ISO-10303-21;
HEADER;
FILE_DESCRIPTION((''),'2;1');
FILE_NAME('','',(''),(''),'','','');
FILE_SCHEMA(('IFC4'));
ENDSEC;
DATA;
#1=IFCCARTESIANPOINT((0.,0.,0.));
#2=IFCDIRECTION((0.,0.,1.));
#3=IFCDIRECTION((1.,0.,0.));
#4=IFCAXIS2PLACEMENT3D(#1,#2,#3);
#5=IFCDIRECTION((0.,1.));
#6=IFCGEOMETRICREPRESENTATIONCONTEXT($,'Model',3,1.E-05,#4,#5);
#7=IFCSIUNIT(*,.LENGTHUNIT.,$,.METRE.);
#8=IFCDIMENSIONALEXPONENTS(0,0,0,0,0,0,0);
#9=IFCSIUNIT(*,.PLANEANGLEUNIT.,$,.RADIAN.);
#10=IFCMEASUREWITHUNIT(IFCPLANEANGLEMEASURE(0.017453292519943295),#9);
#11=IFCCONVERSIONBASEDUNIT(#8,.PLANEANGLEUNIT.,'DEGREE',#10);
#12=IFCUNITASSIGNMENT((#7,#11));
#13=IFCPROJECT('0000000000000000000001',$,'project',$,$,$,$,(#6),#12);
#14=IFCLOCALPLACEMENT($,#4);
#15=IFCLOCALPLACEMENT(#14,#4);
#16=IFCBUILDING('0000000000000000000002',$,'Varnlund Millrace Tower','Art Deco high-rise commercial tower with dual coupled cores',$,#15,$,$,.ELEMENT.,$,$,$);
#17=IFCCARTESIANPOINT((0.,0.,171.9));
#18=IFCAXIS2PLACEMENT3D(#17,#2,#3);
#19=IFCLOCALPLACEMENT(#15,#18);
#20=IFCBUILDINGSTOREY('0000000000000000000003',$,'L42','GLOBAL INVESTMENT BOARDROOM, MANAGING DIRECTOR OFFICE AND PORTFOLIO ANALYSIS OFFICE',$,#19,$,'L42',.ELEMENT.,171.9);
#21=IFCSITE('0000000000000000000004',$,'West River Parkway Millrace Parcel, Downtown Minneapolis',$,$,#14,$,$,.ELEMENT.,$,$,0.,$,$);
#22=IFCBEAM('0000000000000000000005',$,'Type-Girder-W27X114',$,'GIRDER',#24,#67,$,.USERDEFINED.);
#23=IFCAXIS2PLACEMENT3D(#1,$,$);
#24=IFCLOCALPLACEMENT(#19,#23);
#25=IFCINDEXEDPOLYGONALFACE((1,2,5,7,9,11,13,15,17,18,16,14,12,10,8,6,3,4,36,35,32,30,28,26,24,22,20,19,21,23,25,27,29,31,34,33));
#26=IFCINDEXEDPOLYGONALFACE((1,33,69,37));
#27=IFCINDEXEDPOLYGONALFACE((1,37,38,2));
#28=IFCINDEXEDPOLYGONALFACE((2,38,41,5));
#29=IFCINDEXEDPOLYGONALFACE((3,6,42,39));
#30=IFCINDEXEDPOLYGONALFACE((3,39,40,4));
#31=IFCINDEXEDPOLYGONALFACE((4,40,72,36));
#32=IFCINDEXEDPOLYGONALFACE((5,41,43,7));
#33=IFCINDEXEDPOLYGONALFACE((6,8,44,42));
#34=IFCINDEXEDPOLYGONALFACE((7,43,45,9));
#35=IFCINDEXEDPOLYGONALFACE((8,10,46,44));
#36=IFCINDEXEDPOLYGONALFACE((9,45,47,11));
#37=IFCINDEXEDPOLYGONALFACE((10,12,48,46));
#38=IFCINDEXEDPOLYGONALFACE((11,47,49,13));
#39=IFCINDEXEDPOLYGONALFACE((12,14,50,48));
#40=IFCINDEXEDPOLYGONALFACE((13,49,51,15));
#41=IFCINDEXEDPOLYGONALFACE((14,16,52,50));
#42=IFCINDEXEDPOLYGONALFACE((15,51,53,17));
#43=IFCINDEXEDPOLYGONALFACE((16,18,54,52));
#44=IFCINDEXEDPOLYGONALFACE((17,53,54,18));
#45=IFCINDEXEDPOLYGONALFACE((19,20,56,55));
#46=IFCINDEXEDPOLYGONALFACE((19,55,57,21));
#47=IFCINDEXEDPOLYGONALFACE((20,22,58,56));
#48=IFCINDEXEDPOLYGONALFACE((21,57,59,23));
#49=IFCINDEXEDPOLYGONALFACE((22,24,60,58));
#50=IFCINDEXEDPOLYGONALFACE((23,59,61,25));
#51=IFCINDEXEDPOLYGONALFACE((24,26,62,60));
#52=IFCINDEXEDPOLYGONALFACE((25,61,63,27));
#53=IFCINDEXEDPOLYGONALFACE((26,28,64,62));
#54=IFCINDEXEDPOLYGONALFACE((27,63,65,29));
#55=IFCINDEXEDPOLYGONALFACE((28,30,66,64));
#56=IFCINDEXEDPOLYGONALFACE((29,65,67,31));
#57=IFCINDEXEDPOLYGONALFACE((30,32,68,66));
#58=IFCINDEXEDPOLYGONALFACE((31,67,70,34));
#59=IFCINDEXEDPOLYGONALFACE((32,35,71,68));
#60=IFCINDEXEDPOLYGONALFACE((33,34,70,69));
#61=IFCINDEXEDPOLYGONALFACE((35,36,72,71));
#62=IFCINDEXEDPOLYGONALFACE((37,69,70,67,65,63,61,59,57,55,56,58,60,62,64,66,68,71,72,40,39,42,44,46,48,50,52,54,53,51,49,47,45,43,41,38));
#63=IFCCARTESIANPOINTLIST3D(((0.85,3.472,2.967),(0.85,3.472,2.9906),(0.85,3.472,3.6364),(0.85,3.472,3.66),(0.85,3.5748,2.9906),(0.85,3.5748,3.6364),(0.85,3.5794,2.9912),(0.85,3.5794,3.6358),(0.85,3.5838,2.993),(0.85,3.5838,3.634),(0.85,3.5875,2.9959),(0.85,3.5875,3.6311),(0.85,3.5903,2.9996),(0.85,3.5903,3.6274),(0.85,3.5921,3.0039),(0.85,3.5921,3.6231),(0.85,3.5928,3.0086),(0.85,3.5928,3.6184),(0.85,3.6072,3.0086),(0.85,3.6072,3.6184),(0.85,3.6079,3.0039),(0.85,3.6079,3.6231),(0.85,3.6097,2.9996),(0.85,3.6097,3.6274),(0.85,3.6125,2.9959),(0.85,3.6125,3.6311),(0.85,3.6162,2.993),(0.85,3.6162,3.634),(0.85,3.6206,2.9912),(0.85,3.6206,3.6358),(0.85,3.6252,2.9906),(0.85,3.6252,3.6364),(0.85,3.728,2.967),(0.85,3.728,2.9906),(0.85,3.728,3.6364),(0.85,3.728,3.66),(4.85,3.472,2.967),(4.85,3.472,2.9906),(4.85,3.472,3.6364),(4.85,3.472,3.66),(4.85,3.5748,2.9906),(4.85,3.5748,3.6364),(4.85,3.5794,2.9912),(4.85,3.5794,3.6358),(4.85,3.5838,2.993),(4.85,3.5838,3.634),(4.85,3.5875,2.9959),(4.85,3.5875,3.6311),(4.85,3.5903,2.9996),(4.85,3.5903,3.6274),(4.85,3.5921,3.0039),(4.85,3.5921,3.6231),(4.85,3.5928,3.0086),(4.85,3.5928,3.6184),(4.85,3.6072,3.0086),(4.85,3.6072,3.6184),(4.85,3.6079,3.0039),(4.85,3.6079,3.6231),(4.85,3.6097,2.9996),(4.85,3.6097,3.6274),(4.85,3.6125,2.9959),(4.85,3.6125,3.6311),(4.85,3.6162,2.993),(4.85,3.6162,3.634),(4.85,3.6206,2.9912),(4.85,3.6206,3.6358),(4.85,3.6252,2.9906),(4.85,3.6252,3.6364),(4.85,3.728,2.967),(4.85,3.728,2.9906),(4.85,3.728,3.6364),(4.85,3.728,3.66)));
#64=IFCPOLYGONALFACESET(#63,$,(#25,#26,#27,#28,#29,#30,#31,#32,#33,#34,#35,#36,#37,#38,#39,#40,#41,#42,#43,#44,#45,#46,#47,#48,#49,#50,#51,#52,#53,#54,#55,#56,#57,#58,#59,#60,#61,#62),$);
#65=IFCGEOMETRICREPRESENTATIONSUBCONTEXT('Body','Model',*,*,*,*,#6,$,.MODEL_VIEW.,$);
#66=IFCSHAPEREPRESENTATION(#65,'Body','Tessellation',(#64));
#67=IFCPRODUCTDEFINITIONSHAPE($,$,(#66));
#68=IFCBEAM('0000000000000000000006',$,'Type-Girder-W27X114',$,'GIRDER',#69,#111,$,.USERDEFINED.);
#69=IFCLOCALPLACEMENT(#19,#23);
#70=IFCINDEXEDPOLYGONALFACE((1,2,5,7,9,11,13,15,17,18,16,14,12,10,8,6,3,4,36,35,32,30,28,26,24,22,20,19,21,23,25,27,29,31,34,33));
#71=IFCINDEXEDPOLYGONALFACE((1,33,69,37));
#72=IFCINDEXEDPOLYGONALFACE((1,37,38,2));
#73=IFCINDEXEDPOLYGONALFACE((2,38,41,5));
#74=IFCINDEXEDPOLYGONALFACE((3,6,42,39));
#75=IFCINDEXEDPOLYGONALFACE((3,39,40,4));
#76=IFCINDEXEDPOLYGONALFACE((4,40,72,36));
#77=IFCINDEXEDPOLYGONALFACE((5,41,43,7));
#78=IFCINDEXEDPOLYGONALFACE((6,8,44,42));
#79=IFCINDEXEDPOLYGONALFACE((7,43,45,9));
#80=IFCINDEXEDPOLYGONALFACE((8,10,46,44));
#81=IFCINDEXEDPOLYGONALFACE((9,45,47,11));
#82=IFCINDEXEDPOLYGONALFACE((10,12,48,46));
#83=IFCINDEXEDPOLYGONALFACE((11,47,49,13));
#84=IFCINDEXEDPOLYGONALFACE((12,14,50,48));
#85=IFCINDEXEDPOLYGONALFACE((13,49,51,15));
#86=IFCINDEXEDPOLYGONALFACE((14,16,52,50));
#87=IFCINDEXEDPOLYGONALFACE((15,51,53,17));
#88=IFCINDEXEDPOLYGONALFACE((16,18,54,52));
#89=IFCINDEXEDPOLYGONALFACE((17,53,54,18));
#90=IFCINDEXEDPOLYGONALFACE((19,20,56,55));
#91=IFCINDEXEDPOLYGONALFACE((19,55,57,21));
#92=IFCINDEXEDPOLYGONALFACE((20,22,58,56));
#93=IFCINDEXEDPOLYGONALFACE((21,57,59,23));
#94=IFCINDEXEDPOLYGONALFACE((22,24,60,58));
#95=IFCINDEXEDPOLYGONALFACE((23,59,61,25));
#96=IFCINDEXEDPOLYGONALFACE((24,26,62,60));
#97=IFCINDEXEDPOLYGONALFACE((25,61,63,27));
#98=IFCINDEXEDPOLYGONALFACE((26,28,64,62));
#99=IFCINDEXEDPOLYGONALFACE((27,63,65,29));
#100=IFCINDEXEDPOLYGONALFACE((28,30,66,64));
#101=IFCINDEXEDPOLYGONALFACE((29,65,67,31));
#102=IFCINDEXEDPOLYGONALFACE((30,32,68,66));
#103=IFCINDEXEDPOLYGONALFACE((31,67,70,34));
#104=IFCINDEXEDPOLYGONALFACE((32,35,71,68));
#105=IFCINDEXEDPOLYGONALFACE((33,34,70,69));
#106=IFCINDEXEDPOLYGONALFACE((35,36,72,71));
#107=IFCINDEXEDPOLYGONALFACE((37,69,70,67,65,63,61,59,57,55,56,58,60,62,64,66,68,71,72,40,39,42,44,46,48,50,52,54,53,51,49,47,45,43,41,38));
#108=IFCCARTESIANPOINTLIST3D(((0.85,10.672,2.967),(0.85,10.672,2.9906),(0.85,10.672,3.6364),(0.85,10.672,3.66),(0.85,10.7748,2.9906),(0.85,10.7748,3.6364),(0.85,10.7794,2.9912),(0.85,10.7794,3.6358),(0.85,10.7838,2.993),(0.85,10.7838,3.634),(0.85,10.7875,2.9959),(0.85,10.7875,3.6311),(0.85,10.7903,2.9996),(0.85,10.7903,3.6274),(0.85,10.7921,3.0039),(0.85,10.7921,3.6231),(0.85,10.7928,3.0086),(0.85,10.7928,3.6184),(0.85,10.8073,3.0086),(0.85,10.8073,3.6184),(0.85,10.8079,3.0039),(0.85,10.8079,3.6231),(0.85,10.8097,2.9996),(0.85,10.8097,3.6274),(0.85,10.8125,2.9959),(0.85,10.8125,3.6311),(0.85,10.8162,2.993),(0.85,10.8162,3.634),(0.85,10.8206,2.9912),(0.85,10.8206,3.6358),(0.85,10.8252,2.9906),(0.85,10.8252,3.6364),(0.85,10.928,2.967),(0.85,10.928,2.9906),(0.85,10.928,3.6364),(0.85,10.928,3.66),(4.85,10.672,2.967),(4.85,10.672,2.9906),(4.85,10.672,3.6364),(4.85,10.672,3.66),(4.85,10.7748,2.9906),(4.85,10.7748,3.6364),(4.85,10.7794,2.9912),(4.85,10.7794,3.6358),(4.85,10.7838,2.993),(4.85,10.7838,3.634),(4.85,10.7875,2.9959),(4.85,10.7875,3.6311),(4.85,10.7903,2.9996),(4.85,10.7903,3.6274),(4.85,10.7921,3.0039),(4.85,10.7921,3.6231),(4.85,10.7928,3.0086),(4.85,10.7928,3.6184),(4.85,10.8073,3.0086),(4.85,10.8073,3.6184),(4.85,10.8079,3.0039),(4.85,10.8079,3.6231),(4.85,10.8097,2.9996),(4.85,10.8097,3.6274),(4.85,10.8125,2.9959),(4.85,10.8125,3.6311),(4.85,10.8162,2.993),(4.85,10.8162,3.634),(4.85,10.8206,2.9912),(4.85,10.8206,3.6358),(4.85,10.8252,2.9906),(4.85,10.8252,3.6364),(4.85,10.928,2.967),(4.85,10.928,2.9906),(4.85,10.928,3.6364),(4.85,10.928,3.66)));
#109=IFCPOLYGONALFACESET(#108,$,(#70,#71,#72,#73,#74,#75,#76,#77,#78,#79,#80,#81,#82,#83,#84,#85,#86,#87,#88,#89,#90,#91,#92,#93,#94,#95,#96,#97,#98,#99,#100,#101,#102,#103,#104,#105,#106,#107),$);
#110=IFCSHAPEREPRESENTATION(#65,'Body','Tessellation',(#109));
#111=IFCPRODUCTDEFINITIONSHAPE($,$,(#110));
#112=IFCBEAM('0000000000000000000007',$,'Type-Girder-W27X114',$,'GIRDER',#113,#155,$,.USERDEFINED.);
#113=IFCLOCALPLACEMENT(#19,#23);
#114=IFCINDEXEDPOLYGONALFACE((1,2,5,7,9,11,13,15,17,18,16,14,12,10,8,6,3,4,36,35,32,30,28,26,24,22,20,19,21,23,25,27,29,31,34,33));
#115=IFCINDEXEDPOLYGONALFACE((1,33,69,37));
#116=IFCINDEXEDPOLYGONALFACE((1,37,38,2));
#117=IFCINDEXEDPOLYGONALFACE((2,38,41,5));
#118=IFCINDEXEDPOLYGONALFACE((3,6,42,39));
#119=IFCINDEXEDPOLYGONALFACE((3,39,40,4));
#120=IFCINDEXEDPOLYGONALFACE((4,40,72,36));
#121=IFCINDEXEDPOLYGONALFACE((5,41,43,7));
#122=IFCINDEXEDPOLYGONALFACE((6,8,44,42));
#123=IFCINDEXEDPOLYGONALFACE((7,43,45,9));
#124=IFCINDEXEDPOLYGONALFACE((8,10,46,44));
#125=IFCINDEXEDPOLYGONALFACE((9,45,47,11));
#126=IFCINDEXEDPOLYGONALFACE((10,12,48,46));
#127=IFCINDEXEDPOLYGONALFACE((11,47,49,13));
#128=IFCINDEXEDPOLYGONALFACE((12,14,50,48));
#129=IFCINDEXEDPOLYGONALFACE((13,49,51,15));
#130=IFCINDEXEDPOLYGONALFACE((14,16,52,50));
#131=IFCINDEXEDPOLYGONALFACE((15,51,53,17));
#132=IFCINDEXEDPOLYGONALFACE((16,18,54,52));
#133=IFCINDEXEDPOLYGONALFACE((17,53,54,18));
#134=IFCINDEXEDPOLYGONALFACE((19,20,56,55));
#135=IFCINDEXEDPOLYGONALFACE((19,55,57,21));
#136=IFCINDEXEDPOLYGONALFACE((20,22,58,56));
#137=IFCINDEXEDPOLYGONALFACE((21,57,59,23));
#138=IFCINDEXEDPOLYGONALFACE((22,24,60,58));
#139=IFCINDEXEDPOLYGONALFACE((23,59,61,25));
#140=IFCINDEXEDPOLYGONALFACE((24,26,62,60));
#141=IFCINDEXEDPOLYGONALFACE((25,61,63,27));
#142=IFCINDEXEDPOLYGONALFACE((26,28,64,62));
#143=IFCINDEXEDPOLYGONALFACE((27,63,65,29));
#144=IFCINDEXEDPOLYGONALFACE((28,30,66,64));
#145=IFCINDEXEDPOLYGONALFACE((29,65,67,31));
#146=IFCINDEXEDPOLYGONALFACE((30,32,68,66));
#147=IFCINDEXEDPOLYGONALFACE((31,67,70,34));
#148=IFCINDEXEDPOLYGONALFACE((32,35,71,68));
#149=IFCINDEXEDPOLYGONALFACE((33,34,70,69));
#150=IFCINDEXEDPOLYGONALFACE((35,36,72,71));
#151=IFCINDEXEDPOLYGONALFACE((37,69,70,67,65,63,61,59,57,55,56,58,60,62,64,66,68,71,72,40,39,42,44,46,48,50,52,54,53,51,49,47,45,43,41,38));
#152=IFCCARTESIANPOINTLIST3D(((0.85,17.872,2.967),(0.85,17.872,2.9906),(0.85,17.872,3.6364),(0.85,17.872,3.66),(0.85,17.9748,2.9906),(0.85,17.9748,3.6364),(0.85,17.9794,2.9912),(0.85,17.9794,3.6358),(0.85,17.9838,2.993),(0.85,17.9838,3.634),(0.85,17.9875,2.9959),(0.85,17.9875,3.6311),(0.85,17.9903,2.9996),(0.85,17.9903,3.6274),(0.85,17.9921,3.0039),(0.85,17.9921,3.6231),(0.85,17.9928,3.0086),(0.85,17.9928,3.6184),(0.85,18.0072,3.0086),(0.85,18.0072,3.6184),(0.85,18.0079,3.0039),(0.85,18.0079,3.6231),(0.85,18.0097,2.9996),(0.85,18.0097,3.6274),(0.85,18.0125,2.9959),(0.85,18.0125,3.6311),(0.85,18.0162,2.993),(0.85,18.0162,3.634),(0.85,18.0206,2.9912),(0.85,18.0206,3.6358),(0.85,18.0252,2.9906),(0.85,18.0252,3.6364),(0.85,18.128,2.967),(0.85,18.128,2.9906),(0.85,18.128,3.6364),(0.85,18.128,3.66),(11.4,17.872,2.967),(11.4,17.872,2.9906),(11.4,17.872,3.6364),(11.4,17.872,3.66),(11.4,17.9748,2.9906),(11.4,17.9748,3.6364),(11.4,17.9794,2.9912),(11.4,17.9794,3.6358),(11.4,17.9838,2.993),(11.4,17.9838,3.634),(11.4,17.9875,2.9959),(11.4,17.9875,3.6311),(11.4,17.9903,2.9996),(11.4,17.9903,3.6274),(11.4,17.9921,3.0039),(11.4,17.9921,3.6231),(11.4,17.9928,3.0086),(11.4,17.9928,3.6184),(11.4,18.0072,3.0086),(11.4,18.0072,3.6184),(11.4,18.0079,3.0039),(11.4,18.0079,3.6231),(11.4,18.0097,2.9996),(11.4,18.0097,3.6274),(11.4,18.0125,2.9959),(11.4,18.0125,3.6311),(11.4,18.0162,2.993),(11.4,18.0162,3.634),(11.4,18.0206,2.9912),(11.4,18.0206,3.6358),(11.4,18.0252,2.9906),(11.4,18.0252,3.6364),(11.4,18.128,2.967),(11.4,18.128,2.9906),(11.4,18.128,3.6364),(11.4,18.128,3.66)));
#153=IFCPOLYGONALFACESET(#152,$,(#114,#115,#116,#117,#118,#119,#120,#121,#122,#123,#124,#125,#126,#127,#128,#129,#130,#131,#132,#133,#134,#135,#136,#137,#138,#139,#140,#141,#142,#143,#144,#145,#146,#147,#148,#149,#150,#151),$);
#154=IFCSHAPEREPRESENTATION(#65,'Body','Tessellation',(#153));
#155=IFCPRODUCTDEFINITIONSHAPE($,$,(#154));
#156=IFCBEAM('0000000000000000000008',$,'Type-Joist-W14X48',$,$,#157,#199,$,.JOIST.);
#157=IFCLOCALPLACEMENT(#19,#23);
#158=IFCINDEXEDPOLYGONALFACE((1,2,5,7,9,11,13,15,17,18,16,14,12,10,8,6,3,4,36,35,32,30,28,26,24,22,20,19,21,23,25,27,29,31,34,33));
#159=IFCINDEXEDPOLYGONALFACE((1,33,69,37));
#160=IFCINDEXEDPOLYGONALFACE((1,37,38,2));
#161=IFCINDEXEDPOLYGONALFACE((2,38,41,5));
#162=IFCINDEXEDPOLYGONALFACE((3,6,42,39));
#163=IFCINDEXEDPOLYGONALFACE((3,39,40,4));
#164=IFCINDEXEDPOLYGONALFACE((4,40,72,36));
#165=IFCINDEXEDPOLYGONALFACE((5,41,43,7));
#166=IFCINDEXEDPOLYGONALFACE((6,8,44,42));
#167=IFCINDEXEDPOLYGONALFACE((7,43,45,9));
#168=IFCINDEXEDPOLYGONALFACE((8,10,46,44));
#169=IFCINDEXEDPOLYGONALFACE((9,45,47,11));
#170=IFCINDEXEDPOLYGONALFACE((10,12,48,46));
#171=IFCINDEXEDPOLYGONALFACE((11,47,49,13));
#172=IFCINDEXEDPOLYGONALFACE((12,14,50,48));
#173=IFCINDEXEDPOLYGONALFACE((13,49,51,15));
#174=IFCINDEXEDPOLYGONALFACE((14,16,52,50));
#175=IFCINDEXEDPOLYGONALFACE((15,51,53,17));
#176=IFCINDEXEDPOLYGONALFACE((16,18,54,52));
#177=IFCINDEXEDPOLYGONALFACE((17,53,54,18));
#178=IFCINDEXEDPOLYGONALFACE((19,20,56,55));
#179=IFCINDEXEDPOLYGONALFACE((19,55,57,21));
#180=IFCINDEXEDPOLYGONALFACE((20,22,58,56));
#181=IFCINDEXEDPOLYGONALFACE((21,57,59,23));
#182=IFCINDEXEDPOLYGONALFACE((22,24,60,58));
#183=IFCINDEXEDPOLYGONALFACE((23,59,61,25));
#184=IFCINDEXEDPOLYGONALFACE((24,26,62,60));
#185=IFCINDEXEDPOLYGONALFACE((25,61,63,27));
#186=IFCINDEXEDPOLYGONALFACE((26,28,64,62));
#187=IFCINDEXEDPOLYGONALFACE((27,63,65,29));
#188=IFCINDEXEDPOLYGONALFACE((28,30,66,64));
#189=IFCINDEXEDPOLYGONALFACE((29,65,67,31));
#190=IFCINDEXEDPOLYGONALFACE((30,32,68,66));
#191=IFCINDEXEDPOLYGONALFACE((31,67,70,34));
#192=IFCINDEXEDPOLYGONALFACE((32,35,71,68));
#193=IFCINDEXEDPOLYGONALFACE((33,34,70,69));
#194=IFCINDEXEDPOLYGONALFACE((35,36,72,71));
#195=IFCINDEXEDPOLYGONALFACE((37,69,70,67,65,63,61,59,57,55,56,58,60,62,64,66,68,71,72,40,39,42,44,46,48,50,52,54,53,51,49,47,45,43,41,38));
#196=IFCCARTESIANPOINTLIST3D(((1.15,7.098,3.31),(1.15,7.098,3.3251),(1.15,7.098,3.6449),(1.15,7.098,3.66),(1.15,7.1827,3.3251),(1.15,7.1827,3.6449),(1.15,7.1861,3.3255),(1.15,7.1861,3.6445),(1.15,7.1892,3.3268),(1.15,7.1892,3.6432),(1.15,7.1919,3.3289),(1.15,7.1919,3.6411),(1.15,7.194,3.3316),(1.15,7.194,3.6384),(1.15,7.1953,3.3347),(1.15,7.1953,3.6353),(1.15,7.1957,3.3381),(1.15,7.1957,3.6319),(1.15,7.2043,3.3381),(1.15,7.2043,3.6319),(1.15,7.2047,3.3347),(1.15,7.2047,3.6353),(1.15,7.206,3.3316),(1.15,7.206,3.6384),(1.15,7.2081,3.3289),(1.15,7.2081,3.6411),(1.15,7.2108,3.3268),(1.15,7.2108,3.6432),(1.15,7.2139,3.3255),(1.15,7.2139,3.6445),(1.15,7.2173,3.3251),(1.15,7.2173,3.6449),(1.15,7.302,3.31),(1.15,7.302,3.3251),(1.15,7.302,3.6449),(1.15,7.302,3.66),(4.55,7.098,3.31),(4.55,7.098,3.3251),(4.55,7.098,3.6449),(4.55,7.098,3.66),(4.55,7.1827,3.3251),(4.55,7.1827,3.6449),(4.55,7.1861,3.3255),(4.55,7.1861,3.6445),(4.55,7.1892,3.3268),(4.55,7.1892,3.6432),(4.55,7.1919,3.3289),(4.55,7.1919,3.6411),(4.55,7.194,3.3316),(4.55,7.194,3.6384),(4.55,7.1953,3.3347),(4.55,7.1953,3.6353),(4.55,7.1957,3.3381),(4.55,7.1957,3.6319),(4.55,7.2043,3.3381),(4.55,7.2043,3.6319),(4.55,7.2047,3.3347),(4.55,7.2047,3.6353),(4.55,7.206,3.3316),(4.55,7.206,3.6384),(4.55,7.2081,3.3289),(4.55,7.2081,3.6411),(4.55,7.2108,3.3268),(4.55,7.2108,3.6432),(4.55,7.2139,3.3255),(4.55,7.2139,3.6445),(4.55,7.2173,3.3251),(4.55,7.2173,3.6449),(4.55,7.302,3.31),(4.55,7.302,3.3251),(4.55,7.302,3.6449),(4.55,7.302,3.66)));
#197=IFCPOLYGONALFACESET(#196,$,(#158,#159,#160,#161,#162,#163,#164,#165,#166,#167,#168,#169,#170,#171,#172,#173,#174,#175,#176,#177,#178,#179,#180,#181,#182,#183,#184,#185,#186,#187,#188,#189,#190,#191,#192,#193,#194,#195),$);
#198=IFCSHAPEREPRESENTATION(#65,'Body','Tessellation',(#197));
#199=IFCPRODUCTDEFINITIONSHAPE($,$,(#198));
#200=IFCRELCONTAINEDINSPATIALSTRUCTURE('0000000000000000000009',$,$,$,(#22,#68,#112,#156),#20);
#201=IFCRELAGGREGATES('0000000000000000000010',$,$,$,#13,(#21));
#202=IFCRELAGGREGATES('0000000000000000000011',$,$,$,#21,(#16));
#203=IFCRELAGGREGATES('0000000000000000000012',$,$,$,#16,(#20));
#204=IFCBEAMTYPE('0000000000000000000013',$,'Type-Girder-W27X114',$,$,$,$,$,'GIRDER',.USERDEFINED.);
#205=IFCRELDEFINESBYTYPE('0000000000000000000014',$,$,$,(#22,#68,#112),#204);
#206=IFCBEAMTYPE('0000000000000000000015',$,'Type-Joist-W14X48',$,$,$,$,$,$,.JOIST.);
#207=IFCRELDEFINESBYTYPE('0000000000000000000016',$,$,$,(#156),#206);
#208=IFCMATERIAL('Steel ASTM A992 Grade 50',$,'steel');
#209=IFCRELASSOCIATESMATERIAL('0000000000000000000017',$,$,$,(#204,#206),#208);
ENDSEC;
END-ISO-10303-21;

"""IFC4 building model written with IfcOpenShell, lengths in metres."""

from ifc_helpers import new_model, entity, si_unit, converted_unit, direction, frame, origin_with_axes, origin_2d_with_axis, place, context, subcontext, project, spatial, i_section, extrude, material, material_profile, profile_set, type_object, element, save


model = new_model("IFC4")

# Units and contexts
model_context = context("Model", 3, precision=1e-05, world=origin_with_axes(), true_north=direction((0.0, 1.0)))
body_context = subcontext(model_context, "Body", "Model", "MODEL_VIEW")
ifc_project = project(units=[si_unit("LENGTHUNIT", "METRE"), converted_unit("PLANEANGLEUNIT", "DEGREE", entity("IfcPlaneAngleMeasure", 0.017453292519943295), si_unit("PLANEANGLEUNIT", "RADIAN"), dimensions=[0, 0, 0, 0, 0, 0, 0])], contexts=[model_context])

# Site, building, storey
site_placement = place(None, origin_with_axes())
site = spatial("IfcSite", under=ifc_project, at=site_placement, Name="West River Parkway Millrace Parcel, Downtown Minneapolis", CompositionType="ELEMENT", RefElevation=0.0)
building_placement = place(site_placement, origin_with_axes())
building = spatial("IfcBuilding", under=site, at=building_placement, Name="Varnlund Millrace Tower", Description="Art Deco high-rise commercial tower with dual coupled cores", CompositionType="ELEMENT")
storey_placement = place(building_placement, frame((0.0, 0.0, 171.9), z_axis=(0.0, 0.0, 1.0), x_axis=(1.0, 0.0, 0.0)))
storey = spatial("IfcBuildingStorey", under=building, at=storey_placement, Name="L42", Description="GLOBAL INVESTMENT BOARDROOM, MANAGING DIRECTOR OFFICE AND PORTFOLIO ANALYSIS OFFICE", LongName="L42", CompositionType="ELEMENT", Elevation=171.9)

# Beams
ifc_material_1 = material(Name="Steel ASTM A992 Grade 50", Category="steel")
ifc_material_profile_1 = material_profile(ifc_material_1, i_section(OverallWidth=0.256, OverallDepth=0.693, WebThickness=0.0145, FlangeThickness=0.0236, FilletRadius=0.018, at=origin_2d_with_axis()), Name="Steel ASTM A992 Grade 50")
ifc_profile_set_1 = profile_set([ifc_material_profile_1], Name="Steel ASTM A992 Grade 50")
beam_type_1 = type_object("IfcBeamType", Name="Type-Girder-W27X114", ElementType="GIRDER", PredefinedType="USERDEFINED", material=ifc_profile_set_1)
for number, where, z_axis, x_axis, name in (
    (1, (0.85, 3.6, 3.3135), (1.0, 0.0, 0.0), (0.0, 1.0, 0.0), "Type-Girder-W27X114"),
    (2, (0.85, 10.8, 3.3135), (1.0, 0.0, 0.0), (0.0, 1.0, 0.0), "Type-Girder-W27X114"),
):
    element("IfcBeam", number, at=place(storey_placement, frame(where, z_axis=z_axis, x_axis=x_axis)), inside=storey, type_object=beam_type_1, Name=name, ObjectType="GIRDER", PredefinedType="USERDEFINED", context=body_context, shape_type="SweptSolid", body=[
        extrude(i_section(OverallWidth=0.256, OverallDepth=0.693, WebThickness=0.0145, FlangeThickness=0.0236, FilletRadius=0.018, at=origin_2d_with_axis()), origin_with_axes(), (0.0, 0.0, 1.0), 4.0),
    ])
beam_1_placement = place(storey_placement, frame((0.85, 18.0, 3.3135), z_axis=(1.0, 0.0, 0.0), x_axis=(0.0, 1.0, 0.0)))
element("IfcBeam", 3, at=beam_1_placement, inside=storey, type_object=beam_type_1, Name="Type-Girder-W27X114", ObjectType="GIRDER", PredefinedType="USERDEFINED", context=body_context, shape_type="SweptSolid", body=[
    extrude(i_section(OverallWidth=0.256, OverallDepth=0.693, WebThickness=0.0145, FlangeThickness=0.0236, FilletRadius=0.018, at=origin_2d_with_axis()), origin_with_axes(), (0.0, 0.0, 1.0), 10.55),
])
ifc_material_profile_2 = material_profile(ifc_material_1, i_section(OverallWidth=0.204, OverallDepth=0.35, WebThickness=0.0086, FlangeThickness=0.0151, FilletRadius=0.013, at=origin_2d_with_axis()), Name="Steel ASTM A992 Grade 50")
ifc_profile_set_2 = profile_set([ifc_material_profile_2], Name="Steel ASTM A992 Grade 50")
beam_type_2 = type_object("IfcBeamType", Name="Type-Joist-W14X48", PredefinedType="JOIST", material=ifc_profile_set_2)
for number, where, z_axis, x_axis, name in (
    (4, (1.15, 7.2, 3.485), (1.0, 0.0, 0.0), (0.0, 1.0, 0.0), "Type-Joist-W14X48"),
):
    element("IfcBeam", number, at=place(storey_placement, frame(where, z_axis=z_axis, x_axis=x_axis)), inside=storey, type_object=beam_type_2, Name=name, PredefinedType="JOIST", context=body_context, shape_type="SweptSolid", body=[
        extrude(i_section(OverallWidth=0.204, OverallDepth=0.35, WebThickness=0.0086, FlangeThickness=0.0151, FilletRadius=0.013, at=origin_2d_with_axis()), origin_with_axes(), (0.0, 0.0, 1.0), 3.4),
    ])

save(model, "model.ifc")
